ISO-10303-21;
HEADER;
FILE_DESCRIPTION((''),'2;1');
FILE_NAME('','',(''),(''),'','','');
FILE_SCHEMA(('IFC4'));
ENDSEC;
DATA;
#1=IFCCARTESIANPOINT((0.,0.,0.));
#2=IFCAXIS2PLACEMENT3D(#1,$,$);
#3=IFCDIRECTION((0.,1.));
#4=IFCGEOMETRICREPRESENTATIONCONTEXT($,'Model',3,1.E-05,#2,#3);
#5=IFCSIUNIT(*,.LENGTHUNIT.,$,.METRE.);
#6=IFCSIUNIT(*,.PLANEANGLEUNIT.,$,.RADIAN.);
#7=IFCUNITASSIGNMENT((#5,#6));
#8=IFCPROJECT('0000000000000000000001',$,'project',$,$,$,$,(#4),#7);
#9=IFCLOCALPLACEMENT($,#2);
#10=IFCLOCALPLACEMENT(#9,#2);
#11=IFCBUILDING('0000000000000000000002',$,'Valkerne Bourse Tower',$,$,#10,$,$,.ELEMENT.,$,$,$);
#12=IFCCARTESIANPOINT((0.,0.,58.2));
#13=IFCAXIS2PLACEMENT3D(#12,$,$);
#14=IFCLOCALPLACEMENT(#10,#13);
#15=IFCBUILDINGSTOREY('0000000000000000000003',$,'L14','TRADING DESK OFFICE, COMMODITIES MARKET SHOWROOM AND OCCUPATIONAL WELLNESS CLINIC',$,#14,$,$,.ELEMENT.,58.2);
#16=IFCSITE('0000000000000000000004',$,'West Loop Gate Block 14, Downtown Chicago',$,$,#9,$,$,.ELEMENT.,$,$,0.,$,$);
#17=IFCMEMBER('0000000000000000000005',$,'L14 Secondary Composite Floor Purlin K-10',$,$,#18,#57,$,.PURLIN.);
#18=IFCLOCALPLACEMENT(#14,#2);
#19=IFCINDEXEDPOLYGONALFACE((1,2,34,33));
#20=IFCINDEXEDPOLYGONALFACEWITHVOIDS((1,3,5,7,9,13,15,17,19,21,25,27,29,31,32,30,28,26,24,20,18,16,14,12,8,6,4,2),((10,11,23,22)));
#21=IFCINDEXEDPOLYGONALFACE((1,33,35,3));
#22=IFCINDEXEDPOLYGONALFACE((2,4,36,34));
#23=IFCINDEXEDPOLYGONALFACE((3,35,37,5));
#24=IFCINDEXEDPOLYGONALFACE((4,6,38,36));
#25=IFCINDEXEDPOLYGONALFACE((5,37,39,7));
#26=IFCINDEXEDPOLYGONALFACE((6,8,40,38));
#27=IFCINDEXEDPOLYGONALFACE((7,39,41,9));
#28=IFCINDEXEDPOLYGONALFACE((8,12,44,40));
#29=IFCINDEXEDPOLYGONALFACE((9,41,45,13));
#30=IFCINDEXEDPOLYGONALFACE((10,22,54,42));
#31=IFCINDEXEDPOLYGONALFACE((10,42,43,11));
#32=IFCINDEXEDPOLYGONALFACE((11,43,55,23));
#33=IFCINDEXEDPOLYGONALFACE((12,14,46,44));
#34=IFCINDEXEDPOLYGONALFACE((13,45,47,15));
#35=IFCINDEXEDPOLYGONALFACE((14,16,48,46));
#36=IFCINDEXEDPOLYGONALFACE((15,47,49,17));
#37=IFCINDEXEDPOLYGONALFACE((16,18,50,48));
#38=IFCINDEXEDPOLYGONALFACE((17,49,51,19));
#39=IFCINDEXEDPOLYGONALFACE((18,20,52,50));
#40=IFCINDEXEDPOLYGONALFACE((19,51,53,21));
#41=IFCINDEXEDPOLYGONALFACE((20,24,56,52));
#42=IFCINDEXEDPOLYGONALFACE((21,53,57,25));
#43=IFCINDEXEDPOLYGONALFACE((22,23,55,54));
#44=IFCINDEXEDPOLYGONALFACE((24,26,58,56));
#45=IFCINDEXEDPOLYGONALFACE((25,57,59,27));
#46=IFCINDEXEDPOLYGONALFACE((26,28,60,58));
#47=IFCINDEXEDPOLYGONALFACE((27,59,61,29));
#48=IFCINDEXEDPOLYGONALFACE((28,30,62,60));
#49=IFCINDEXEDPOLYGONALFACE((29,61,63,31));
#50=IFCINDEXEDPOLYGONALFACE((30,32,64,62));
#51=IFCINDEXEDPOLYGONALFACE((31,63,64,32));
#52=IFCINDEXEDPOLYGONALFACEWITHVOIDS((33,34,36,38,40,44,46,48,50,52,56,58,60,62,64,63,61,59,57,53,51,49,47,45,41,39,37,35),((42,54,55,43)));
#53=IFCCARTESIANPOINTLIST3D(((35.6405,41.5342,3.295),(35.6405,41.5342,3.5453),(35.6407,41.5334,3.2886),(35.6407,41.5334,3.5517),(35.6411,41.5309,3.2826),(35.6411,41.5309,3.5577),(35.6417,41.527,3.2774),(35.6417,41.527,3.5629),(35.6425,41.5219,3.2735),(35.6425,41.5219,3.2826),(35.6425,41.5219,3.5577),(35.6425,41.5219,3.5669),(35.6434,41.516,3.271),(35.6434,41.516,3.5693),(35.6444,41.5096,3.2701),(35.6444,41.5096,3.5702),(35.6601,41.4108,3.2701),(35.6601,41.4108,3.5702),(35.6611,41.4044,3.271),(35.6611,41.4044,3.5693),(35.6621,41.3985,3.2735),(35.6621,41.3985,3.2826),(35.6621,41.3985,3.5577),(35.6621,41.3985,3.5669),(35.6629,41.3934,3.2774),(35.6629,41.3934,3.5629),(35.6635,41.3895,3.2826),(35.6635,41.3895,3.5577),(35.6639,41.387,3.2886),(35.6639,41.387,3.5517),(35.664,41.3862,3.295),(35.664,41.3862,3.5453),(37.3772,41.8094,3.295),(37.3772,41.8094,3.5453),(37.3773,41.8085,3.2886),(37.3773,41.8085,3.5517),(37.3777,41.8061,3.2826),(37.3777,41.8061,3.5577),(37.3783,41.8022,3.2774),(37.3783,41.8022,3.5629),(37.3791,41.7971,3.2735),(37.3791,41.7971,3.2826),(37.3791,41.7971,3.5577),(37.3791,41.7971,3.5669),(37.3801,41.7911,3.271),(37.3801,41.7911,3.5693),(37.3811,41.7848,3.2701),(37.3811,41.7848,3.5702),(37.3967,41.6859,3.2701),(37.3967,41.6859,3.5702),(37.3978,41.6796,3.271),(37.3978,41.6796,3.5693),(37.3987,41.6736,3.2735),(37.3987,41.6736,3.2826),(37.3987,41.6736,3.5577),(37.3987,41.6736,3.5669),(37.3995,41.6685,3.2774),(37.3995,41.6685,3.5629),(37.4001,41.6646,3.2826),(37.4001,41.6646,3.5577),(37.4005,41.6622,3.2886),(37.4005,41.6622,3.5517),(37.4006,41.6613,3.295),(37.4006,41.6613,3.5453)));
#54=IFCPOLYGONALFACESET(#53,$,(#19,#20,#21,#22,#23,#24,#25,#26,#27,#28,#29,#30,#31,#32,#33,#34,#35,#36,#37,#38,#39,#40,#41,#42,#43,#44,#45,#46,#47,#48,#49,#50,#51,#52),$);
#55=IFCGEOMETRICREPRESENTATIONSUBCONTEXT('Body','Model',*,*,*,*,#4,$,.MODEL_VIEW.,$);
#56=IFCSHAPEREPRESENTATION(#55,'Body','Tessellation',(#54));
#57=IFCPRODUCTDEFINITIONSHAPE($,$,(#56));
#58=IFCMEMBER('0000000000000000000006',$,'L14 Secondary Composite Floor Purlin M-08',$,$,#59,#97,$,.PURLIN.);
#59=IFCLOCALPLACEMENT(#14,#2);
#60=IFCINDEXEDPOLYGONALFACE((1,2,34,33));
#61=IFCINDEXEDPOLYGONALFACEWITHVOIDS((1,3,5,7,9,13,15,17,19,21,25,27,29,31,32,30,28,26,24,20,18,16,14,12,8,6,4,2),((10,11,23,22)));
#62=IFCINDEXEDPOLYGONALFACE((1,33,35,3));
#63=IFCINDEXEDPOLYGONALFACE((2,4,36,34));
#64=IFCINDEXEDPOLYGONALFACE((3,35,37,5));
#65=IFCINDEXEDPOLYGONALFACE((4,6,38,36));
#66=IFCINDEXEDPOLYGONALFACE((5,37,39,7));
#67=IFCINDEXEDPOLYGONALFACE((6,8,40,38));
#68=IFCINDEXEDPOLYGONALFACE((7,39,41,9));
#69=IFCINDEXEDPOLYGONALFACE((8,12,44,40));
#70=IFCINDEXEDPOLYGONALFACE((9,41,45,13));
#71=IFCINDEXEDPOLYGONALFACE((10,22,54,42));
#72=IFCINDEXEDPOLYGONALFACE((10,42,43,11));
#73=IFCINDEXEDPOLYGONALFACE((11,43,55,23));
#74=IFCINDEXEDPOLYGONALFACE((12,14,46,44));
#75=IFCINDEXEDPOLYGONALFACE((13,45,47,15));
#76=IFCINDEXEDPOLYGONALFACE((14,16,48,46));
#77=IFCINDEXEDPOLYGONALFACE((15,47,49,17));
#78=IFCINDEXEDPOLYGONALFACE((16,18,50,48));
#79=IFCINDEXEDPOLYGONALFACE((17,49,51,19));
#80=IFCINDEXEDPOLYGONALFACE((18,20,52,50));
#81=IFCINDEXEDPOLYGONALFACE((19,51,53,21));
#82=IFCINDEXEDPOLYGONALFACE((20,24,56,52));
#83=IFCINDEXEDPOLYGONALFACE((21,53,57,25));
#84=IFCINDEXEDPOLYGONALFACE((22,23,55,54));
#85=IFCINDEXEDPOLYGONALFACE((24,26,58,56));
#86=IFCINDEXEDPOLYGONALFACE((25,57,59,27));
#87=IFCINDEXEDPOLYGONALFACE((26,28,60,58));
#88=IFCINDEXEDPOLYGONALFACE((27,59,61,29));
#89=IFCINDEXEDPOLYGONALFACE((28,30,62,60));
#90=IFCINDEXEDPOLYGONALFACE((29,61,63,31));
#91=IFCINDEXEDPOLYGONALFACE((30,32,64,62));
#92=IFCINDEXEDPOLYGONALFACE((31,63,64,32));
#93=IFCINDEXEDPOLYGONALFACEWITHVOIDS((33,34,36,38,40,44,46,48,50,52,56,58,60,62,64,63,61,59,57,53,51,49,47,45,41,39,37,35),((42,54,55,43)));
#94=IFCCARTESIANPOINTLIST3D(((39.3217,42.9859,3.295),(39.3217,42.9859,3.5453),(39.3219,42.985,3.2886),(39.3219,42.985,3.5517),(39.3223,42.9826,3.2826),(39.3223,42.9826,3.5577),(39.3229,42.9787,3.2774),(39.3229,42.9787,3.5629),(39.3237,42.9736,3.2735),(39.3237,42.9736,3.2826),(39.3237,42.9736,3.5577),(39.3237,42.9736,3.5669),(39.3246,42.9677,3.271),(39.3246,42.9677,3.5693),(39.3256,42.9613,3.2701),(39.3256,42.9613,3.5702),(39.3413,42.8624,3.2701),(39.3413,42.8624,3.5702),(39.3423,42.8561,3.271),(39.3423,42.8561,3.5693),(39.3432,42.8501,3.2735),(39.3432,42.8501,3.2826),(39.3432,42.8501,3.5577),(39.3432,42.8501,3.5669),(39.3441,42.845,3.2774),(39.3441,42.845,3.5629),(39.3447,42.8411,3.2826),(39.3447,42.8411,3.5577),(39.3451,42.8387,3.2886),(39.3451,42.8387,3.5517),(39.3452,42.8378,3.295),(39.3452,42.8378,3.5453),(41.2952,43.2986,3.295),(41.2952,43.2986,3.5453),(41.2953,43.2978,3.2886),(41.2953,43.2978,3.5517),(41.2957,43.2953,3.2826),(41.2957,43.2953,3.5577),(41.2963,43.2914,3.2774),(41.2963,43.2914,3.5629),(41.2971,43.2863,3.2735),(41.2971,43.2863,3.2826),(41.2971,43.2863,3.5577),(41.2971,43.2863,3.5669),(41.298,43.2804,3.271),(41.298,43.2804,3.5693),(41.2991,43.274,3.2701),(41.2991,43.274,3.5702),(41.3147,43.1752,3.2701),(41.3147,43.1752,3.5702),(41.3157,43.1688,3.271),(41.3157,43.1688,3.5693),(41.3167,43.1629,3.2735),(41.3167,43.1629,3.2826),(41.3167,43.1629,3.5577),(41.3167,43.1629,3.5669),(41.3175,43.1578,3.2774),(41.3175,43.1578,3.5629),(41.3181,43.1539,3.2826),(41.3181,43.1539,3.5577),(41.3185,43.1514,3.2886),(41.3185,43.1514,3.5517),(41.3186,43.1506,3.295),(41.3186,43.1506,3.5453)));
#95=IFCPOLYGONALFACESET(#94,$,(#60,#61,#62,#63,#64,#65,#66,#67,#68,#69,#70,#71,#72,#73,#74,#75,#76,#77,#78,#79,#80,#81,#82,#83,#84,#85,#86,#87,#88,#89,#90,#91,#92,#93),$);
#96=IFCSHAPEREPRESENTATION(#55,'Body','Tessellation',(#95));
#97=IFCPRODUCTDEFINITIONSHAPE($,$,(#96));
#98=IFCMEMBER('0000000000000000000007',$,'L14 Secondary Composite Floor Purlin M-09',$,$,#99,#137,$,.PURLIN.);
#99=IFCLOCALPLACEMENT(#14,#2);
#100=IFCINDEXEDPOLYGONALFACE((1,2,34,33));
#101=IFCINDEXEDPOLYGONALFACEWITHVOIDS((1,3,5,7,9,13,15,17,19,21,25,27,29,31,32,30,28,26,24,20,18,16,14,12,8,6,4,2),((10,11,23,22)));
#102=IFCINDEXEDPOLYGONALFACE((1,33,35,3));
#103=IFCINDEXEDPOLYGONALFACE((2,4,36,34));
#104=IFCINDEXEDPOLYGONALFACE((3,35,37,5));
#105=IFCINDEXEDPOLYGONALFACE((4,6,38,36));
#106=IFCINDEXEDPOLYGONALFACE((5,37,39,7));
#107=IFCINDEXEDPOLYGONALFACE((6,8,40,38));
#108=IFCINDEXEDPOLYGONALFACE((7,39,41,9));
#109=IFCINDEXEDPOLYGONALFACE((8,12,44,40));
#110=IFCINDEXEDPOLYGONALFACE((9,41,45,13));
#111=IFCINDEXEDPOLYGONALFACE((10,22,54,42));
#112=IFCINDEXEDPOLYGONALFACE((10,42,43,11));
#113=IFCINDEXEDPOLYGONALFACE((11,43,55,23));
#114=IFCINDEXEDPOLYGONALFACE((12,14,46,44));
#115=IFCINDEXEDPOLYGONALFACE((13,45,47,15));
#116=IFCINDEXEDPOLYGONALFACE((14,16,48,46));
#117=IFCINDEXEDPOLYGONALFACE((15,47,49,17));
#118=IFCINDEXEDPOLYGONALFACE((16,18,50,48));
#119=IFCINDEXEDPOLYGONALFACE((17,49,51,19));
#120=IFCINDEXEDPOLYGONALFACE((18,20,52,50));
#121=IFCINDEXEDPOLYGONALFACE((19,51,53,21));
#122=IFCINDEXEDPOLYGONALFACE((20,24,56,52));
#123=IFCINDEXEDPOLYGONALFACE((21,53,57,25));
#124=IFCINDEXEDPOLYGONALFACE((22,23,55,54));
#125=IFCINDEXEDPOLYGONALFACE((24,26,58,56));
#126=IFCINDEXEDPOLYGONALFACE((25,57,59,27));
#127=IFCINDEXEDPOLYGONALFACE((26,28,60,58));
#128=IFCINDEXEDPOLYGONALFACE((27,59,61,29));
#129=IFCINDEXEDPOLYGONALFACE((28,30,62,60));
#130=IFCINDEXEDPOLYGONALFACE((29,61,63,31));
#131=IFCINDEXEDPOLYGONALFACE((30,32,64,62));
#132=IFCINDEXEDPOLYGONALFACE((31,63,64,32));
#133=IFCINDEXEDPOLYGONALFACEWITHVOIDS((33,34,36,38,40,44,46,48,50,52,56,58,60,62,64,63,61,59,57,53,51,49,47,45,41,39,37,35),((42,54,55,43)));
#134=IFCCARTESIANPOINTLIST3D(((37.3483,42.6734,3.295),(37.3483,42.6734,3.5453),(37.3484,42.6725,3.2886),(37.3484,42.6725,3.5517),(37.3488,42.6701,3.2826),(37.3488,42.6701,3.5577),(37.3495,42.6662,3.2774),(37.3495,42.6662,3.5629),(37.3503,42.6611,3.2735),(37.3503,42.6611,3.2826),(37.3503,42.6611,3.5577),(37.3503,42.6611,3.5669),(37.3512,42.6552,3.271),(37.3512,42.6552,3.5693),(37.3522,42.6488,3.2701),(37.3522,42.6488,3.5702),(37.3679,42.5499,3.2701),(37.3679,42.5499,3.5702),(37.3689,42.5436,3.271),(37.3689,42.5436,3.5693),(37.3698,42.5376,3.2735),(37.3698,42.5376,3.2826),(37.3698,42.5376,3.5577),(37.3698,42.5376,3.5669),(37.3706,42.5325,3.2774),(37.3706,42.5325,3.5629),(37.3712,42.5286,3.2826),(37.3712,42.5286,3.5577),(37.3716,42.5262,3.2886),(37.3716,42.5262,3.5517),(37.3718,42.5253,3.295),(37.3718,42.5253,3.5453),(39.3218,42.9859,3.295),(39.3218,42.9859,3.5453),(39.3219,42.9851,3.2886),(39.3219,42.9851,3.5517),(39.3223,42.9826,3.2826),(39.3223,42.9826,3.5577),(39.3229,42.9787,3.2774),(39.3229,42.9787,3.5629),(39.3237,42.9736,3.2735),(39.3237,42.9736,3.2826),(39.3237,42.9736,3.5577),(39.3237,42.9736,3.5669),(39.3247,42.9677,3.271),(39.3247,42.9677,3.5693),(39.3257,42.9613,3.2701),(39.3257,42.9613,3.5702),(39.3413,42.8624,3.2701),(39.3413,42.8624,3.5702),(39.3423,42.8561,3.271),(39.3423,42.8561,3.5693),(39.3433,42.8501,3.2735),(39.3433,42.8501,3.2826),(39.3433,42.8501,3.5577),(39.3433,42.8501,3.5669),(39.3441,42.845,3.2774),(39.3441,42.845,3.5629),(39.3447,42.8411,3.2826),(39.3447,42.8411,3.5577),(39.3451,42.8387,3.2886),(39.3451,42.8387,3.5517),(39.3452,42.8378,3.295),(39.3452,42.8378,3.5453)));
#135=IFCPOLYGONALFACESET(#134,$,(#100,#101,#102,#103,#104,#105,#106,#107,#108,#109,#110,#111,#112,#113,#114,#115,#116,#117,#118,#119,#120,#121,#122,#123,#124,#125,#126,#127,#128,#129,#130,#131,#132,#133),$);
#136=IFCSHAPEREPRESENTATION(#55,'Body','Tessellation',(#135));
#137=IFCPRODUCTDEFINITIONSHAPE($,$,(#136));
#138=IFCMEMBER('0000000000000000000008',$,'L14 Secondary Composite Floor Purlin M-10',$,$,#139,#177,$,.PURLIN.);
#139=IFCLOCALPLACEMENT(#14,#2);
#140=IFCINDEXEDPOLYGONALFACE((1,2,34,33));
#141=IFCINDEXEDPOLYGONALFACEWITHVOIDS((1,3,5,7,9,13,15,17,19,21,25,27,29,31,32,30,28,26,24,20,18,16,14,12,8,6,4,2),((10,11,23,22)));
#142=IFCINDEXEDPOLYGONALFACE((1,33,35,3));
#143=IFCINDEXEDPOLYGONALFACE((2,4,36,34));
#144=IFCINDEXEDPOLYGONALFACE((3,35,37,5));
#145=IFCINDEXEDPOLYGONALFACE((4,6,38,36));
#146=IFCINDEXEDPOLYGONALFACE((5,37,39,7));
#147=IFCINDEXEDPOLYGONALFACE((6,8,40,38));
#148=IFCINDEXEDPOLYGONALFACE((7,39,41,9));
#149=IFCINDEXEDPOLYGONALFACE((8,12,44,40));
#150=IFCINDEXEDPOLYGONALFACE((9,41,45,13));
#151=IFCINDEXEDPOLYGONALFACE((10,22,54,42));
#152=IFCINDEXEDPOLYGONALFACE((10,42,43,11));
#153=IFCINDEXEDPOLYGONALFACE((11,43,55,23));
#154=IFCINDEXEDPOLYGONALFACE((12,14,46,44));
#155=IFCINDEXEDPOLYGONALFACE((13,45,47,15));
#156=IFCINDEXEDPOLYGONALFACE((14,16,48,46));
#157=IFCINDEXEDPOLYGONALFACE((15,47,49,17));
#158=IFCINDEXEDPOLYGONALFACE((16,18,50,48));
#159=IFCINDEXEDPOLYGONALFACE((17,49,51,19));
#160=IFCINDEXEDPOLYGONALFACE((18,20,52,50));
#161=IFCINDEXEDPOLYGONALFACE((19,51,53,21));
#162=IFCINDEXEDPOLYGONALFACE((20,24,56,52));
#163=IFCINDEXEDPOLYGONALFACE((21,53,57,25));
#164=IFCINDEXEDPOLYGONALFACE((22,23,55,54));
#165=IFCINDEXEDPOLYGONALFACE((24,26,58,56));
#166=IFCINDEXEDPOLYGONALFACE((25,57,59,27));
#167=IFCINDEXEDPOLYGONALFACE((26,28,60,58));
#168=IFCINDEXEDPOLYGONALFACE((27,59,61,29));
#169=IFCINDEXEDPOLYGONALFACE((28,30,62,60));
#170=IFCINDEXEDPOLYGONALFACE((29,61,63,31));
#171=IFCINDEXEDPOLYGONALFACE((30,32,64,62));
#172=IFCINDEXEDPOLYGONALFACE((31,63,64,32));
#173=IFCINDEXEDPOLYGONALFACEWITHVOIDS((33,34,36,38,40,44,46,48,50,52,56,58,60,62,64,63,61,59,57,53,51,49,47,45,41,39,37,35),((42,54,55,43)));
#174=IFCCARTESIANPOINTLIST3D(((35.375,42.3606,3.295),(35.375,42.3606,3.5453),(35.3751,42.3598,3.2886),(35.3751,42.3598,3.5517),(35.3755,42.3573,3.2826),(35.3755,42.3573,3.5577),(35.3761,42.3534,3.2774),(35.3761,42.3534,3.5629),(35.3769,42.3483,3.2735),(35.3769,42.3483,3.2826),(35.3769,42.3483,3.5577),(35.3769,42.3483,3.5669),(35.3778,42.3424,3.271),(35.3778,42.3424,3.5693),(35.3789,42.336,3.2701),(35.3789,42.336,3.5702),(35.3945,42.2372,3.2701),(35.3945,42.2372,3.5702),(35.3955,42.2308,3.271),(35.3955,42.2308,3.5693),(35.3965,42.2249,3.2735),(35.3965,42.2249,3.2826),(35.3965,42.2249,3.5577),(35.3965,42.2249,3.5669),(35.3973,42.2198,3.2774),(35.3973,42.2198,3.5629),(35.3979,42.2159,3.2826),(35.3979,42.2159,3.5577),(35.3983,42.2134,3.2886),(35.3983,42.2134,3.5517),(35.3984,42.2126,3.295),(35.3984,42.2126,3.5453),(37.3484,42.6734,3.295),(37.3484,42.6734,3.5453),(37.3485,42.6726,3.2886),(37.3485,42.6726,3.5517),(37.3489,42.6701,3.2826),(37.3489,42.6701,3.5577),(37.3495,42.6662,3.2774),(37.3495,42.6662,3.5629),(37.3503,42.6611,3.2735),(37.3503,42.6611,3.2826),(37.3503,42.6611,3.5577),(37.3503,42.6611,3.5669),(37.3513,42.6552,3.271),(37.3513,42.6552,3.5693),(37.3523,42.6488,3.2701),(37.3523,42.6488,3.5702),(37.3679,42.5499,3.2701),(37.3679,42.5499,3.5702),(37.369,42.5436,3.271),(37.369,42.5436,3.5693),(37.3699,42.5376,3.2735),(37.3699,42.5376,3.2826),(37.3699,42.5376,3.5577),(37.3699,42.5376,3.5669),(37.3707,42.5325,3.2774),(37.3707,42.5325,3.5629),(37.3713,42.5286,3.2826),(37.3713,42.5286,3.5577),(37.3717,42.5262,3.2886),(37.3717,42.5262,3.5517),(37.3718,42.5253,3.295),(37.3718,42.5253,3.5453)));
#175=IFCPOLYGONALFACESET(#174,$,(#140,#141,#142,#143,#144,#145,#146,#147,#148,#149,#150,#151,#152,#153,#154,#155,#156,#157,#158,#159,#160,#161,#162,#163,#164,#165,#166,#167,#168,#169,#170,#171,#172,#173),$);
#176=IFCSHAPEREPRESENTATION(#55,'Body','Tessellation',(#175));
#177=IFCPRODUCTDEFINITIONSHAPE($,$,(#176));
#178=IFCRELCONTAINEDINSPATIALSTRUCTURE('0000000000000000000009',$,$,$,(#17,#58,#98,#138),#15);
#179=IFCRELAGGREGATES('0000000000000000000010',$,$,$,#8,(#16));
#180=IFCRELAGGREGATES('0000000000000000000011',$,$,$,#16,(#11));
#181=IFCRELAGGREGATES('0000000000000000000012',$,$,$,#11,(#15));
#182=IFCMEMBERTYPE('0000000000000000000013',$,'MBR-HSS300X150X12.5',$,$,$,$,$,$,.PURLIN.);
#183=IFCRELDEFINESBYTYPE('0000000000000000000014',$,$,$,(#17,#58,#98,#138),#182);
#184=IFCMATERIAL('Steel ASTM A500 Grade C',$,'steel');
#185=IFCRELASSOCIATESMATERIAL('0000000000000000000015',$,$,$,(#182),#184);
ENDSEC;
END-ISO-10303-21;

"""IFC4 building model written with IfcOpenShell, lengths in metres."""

from ifc_helpers import new_model, si_unit, direction, frame, origin, origin_2d, place, context, subcontext, project, spatial, hollow_rectangle, extrude, material, material_profile, profile_set, type_object, element, save


model = new_model("IFC4")

# Units and contexts
model_context = context("Model", 3, precision=1e-05, world=origin(), true_north=direction((0.0, 1.0)))
body_context = subcontext(model_context, "Body", "Model", "MODEL_VIEW")
ifc_project = project(units=[si_unit("LENGTHUNIT", "METRE"), si_unit("PLANEANGLEUNIT", "RADIAN")], contexts=[model_context])

# Site, building, storey
site_placement = place(None, origin())
site = spatial("IfcSite", under=ifc_project, at=site_placement, Name="West Loop Gate Block 14, Downtown Chicago", CompositionType="ELEMENT", RefElevation=0.0)
building_placement = place(site_placement, origin())
building = spatial("IfcBuilding", under=site, at=building_placement, Name="Valkerne Bourse Tower", CompositionType="ELEMENT")
storey_placement = place(building_placement, frame((0.0, 0.0, 58.2)))
storey = spatial("IfcBuildingStorey", under=building, at=storey_placement, Name="L14", Description="TRADING DESK OFFICE, COMMODITIES MARKET SHOWROOM AND OCCUPATIONAL WELLNESS CLINIC", CompositionType="ELEMENT", Elevation=58.2)

# Members
ifc_material_1 = material(Name="Steel ASTM A500 Grade C", Category="steel")
ifc_material_profile_1 = material_profile(ifc_material_1, hollow_rectangle(XDim=0.1499, YDim=0.3, WallThickness=0.0125, OuterFilletRadius=0.0249, at=origin_2d()), Name="HSS300X150X12.5")
ifc_profile_set_1 = profile_set([ifc_material_profile_1], Name="Steel ASTM A500 Grade C")
member_type = type_object("IfcMemberType", Name="MBR-HSS300X150X12.5", PredefinedType="PURLIN", material=ifc_profile_set_1)
for number, where, z_axis, x_axis, name in (
    (1, (37.3889, 41.7354, 3.4202), (-0.98768, -0.15649, 0.0), (0.15649, -0.98768, 0.0), "L14 Secondary Composite Floor Purlin K-10"),
):
    element("IfcMember", number, at=place(storey_placement, frame(where, z_axis=z_axis, x_axis=x_axis)), inside=storey, type_object=member_type, Name=name, PredefinedType="PURLIN", context=body_context, shape_type="SweptSolid", body=[
        extrude(hollow_rectangle(XDim=0.1499, YDim=0.3, WallThickness=0.0125, OuterFilletRadius=0.0249, at=origin_2d()), origin(), (0.0, 0.0, 1.0), 1.7583),
    ])
for number, where, z_axis, x_axis, name in (
    (2, (41.3069, 43.2246, 3.4202), (-0.987674, -0.156527, 0.0), (0.156527, -0.987674, 0.0), "L14 Secondary Composite Floor Purlin M-08"),
    (3, (39.3335, 42.9119, 3.4202), (-0.987693, -0.156408, 0.0), (0.156408, -0.987693, 0.0), "L14 Secondary Composite Floor Purlin M-09"),
    (4, (37.3601, 42.5994, 3.4202), (-0.987674, -0.156527, 0.0), (0.156527, -0.987674, 0.0), "L14 Secondary Composite Floor Purlin M-10"),
):
    element("IfcMember", number, at=place(storey_placement, frame(where, z_axis=z_axis, x_axis=x_axis)), inside=storey, type_object=member_type, Name=name, PredefinedType="PURLIN", context=body_context, shape_type="SweptSolid", body=[
        extrude(hollow_rectangle(XDim=0.1499, YDim=0.3, WallThickness=0.0125, OuterFilletRadius=0.0249, at=origin_2d()), origin(), (0.0, 0.0, 1.0), 1.998),
    ])

save(model, "model.ifc")
